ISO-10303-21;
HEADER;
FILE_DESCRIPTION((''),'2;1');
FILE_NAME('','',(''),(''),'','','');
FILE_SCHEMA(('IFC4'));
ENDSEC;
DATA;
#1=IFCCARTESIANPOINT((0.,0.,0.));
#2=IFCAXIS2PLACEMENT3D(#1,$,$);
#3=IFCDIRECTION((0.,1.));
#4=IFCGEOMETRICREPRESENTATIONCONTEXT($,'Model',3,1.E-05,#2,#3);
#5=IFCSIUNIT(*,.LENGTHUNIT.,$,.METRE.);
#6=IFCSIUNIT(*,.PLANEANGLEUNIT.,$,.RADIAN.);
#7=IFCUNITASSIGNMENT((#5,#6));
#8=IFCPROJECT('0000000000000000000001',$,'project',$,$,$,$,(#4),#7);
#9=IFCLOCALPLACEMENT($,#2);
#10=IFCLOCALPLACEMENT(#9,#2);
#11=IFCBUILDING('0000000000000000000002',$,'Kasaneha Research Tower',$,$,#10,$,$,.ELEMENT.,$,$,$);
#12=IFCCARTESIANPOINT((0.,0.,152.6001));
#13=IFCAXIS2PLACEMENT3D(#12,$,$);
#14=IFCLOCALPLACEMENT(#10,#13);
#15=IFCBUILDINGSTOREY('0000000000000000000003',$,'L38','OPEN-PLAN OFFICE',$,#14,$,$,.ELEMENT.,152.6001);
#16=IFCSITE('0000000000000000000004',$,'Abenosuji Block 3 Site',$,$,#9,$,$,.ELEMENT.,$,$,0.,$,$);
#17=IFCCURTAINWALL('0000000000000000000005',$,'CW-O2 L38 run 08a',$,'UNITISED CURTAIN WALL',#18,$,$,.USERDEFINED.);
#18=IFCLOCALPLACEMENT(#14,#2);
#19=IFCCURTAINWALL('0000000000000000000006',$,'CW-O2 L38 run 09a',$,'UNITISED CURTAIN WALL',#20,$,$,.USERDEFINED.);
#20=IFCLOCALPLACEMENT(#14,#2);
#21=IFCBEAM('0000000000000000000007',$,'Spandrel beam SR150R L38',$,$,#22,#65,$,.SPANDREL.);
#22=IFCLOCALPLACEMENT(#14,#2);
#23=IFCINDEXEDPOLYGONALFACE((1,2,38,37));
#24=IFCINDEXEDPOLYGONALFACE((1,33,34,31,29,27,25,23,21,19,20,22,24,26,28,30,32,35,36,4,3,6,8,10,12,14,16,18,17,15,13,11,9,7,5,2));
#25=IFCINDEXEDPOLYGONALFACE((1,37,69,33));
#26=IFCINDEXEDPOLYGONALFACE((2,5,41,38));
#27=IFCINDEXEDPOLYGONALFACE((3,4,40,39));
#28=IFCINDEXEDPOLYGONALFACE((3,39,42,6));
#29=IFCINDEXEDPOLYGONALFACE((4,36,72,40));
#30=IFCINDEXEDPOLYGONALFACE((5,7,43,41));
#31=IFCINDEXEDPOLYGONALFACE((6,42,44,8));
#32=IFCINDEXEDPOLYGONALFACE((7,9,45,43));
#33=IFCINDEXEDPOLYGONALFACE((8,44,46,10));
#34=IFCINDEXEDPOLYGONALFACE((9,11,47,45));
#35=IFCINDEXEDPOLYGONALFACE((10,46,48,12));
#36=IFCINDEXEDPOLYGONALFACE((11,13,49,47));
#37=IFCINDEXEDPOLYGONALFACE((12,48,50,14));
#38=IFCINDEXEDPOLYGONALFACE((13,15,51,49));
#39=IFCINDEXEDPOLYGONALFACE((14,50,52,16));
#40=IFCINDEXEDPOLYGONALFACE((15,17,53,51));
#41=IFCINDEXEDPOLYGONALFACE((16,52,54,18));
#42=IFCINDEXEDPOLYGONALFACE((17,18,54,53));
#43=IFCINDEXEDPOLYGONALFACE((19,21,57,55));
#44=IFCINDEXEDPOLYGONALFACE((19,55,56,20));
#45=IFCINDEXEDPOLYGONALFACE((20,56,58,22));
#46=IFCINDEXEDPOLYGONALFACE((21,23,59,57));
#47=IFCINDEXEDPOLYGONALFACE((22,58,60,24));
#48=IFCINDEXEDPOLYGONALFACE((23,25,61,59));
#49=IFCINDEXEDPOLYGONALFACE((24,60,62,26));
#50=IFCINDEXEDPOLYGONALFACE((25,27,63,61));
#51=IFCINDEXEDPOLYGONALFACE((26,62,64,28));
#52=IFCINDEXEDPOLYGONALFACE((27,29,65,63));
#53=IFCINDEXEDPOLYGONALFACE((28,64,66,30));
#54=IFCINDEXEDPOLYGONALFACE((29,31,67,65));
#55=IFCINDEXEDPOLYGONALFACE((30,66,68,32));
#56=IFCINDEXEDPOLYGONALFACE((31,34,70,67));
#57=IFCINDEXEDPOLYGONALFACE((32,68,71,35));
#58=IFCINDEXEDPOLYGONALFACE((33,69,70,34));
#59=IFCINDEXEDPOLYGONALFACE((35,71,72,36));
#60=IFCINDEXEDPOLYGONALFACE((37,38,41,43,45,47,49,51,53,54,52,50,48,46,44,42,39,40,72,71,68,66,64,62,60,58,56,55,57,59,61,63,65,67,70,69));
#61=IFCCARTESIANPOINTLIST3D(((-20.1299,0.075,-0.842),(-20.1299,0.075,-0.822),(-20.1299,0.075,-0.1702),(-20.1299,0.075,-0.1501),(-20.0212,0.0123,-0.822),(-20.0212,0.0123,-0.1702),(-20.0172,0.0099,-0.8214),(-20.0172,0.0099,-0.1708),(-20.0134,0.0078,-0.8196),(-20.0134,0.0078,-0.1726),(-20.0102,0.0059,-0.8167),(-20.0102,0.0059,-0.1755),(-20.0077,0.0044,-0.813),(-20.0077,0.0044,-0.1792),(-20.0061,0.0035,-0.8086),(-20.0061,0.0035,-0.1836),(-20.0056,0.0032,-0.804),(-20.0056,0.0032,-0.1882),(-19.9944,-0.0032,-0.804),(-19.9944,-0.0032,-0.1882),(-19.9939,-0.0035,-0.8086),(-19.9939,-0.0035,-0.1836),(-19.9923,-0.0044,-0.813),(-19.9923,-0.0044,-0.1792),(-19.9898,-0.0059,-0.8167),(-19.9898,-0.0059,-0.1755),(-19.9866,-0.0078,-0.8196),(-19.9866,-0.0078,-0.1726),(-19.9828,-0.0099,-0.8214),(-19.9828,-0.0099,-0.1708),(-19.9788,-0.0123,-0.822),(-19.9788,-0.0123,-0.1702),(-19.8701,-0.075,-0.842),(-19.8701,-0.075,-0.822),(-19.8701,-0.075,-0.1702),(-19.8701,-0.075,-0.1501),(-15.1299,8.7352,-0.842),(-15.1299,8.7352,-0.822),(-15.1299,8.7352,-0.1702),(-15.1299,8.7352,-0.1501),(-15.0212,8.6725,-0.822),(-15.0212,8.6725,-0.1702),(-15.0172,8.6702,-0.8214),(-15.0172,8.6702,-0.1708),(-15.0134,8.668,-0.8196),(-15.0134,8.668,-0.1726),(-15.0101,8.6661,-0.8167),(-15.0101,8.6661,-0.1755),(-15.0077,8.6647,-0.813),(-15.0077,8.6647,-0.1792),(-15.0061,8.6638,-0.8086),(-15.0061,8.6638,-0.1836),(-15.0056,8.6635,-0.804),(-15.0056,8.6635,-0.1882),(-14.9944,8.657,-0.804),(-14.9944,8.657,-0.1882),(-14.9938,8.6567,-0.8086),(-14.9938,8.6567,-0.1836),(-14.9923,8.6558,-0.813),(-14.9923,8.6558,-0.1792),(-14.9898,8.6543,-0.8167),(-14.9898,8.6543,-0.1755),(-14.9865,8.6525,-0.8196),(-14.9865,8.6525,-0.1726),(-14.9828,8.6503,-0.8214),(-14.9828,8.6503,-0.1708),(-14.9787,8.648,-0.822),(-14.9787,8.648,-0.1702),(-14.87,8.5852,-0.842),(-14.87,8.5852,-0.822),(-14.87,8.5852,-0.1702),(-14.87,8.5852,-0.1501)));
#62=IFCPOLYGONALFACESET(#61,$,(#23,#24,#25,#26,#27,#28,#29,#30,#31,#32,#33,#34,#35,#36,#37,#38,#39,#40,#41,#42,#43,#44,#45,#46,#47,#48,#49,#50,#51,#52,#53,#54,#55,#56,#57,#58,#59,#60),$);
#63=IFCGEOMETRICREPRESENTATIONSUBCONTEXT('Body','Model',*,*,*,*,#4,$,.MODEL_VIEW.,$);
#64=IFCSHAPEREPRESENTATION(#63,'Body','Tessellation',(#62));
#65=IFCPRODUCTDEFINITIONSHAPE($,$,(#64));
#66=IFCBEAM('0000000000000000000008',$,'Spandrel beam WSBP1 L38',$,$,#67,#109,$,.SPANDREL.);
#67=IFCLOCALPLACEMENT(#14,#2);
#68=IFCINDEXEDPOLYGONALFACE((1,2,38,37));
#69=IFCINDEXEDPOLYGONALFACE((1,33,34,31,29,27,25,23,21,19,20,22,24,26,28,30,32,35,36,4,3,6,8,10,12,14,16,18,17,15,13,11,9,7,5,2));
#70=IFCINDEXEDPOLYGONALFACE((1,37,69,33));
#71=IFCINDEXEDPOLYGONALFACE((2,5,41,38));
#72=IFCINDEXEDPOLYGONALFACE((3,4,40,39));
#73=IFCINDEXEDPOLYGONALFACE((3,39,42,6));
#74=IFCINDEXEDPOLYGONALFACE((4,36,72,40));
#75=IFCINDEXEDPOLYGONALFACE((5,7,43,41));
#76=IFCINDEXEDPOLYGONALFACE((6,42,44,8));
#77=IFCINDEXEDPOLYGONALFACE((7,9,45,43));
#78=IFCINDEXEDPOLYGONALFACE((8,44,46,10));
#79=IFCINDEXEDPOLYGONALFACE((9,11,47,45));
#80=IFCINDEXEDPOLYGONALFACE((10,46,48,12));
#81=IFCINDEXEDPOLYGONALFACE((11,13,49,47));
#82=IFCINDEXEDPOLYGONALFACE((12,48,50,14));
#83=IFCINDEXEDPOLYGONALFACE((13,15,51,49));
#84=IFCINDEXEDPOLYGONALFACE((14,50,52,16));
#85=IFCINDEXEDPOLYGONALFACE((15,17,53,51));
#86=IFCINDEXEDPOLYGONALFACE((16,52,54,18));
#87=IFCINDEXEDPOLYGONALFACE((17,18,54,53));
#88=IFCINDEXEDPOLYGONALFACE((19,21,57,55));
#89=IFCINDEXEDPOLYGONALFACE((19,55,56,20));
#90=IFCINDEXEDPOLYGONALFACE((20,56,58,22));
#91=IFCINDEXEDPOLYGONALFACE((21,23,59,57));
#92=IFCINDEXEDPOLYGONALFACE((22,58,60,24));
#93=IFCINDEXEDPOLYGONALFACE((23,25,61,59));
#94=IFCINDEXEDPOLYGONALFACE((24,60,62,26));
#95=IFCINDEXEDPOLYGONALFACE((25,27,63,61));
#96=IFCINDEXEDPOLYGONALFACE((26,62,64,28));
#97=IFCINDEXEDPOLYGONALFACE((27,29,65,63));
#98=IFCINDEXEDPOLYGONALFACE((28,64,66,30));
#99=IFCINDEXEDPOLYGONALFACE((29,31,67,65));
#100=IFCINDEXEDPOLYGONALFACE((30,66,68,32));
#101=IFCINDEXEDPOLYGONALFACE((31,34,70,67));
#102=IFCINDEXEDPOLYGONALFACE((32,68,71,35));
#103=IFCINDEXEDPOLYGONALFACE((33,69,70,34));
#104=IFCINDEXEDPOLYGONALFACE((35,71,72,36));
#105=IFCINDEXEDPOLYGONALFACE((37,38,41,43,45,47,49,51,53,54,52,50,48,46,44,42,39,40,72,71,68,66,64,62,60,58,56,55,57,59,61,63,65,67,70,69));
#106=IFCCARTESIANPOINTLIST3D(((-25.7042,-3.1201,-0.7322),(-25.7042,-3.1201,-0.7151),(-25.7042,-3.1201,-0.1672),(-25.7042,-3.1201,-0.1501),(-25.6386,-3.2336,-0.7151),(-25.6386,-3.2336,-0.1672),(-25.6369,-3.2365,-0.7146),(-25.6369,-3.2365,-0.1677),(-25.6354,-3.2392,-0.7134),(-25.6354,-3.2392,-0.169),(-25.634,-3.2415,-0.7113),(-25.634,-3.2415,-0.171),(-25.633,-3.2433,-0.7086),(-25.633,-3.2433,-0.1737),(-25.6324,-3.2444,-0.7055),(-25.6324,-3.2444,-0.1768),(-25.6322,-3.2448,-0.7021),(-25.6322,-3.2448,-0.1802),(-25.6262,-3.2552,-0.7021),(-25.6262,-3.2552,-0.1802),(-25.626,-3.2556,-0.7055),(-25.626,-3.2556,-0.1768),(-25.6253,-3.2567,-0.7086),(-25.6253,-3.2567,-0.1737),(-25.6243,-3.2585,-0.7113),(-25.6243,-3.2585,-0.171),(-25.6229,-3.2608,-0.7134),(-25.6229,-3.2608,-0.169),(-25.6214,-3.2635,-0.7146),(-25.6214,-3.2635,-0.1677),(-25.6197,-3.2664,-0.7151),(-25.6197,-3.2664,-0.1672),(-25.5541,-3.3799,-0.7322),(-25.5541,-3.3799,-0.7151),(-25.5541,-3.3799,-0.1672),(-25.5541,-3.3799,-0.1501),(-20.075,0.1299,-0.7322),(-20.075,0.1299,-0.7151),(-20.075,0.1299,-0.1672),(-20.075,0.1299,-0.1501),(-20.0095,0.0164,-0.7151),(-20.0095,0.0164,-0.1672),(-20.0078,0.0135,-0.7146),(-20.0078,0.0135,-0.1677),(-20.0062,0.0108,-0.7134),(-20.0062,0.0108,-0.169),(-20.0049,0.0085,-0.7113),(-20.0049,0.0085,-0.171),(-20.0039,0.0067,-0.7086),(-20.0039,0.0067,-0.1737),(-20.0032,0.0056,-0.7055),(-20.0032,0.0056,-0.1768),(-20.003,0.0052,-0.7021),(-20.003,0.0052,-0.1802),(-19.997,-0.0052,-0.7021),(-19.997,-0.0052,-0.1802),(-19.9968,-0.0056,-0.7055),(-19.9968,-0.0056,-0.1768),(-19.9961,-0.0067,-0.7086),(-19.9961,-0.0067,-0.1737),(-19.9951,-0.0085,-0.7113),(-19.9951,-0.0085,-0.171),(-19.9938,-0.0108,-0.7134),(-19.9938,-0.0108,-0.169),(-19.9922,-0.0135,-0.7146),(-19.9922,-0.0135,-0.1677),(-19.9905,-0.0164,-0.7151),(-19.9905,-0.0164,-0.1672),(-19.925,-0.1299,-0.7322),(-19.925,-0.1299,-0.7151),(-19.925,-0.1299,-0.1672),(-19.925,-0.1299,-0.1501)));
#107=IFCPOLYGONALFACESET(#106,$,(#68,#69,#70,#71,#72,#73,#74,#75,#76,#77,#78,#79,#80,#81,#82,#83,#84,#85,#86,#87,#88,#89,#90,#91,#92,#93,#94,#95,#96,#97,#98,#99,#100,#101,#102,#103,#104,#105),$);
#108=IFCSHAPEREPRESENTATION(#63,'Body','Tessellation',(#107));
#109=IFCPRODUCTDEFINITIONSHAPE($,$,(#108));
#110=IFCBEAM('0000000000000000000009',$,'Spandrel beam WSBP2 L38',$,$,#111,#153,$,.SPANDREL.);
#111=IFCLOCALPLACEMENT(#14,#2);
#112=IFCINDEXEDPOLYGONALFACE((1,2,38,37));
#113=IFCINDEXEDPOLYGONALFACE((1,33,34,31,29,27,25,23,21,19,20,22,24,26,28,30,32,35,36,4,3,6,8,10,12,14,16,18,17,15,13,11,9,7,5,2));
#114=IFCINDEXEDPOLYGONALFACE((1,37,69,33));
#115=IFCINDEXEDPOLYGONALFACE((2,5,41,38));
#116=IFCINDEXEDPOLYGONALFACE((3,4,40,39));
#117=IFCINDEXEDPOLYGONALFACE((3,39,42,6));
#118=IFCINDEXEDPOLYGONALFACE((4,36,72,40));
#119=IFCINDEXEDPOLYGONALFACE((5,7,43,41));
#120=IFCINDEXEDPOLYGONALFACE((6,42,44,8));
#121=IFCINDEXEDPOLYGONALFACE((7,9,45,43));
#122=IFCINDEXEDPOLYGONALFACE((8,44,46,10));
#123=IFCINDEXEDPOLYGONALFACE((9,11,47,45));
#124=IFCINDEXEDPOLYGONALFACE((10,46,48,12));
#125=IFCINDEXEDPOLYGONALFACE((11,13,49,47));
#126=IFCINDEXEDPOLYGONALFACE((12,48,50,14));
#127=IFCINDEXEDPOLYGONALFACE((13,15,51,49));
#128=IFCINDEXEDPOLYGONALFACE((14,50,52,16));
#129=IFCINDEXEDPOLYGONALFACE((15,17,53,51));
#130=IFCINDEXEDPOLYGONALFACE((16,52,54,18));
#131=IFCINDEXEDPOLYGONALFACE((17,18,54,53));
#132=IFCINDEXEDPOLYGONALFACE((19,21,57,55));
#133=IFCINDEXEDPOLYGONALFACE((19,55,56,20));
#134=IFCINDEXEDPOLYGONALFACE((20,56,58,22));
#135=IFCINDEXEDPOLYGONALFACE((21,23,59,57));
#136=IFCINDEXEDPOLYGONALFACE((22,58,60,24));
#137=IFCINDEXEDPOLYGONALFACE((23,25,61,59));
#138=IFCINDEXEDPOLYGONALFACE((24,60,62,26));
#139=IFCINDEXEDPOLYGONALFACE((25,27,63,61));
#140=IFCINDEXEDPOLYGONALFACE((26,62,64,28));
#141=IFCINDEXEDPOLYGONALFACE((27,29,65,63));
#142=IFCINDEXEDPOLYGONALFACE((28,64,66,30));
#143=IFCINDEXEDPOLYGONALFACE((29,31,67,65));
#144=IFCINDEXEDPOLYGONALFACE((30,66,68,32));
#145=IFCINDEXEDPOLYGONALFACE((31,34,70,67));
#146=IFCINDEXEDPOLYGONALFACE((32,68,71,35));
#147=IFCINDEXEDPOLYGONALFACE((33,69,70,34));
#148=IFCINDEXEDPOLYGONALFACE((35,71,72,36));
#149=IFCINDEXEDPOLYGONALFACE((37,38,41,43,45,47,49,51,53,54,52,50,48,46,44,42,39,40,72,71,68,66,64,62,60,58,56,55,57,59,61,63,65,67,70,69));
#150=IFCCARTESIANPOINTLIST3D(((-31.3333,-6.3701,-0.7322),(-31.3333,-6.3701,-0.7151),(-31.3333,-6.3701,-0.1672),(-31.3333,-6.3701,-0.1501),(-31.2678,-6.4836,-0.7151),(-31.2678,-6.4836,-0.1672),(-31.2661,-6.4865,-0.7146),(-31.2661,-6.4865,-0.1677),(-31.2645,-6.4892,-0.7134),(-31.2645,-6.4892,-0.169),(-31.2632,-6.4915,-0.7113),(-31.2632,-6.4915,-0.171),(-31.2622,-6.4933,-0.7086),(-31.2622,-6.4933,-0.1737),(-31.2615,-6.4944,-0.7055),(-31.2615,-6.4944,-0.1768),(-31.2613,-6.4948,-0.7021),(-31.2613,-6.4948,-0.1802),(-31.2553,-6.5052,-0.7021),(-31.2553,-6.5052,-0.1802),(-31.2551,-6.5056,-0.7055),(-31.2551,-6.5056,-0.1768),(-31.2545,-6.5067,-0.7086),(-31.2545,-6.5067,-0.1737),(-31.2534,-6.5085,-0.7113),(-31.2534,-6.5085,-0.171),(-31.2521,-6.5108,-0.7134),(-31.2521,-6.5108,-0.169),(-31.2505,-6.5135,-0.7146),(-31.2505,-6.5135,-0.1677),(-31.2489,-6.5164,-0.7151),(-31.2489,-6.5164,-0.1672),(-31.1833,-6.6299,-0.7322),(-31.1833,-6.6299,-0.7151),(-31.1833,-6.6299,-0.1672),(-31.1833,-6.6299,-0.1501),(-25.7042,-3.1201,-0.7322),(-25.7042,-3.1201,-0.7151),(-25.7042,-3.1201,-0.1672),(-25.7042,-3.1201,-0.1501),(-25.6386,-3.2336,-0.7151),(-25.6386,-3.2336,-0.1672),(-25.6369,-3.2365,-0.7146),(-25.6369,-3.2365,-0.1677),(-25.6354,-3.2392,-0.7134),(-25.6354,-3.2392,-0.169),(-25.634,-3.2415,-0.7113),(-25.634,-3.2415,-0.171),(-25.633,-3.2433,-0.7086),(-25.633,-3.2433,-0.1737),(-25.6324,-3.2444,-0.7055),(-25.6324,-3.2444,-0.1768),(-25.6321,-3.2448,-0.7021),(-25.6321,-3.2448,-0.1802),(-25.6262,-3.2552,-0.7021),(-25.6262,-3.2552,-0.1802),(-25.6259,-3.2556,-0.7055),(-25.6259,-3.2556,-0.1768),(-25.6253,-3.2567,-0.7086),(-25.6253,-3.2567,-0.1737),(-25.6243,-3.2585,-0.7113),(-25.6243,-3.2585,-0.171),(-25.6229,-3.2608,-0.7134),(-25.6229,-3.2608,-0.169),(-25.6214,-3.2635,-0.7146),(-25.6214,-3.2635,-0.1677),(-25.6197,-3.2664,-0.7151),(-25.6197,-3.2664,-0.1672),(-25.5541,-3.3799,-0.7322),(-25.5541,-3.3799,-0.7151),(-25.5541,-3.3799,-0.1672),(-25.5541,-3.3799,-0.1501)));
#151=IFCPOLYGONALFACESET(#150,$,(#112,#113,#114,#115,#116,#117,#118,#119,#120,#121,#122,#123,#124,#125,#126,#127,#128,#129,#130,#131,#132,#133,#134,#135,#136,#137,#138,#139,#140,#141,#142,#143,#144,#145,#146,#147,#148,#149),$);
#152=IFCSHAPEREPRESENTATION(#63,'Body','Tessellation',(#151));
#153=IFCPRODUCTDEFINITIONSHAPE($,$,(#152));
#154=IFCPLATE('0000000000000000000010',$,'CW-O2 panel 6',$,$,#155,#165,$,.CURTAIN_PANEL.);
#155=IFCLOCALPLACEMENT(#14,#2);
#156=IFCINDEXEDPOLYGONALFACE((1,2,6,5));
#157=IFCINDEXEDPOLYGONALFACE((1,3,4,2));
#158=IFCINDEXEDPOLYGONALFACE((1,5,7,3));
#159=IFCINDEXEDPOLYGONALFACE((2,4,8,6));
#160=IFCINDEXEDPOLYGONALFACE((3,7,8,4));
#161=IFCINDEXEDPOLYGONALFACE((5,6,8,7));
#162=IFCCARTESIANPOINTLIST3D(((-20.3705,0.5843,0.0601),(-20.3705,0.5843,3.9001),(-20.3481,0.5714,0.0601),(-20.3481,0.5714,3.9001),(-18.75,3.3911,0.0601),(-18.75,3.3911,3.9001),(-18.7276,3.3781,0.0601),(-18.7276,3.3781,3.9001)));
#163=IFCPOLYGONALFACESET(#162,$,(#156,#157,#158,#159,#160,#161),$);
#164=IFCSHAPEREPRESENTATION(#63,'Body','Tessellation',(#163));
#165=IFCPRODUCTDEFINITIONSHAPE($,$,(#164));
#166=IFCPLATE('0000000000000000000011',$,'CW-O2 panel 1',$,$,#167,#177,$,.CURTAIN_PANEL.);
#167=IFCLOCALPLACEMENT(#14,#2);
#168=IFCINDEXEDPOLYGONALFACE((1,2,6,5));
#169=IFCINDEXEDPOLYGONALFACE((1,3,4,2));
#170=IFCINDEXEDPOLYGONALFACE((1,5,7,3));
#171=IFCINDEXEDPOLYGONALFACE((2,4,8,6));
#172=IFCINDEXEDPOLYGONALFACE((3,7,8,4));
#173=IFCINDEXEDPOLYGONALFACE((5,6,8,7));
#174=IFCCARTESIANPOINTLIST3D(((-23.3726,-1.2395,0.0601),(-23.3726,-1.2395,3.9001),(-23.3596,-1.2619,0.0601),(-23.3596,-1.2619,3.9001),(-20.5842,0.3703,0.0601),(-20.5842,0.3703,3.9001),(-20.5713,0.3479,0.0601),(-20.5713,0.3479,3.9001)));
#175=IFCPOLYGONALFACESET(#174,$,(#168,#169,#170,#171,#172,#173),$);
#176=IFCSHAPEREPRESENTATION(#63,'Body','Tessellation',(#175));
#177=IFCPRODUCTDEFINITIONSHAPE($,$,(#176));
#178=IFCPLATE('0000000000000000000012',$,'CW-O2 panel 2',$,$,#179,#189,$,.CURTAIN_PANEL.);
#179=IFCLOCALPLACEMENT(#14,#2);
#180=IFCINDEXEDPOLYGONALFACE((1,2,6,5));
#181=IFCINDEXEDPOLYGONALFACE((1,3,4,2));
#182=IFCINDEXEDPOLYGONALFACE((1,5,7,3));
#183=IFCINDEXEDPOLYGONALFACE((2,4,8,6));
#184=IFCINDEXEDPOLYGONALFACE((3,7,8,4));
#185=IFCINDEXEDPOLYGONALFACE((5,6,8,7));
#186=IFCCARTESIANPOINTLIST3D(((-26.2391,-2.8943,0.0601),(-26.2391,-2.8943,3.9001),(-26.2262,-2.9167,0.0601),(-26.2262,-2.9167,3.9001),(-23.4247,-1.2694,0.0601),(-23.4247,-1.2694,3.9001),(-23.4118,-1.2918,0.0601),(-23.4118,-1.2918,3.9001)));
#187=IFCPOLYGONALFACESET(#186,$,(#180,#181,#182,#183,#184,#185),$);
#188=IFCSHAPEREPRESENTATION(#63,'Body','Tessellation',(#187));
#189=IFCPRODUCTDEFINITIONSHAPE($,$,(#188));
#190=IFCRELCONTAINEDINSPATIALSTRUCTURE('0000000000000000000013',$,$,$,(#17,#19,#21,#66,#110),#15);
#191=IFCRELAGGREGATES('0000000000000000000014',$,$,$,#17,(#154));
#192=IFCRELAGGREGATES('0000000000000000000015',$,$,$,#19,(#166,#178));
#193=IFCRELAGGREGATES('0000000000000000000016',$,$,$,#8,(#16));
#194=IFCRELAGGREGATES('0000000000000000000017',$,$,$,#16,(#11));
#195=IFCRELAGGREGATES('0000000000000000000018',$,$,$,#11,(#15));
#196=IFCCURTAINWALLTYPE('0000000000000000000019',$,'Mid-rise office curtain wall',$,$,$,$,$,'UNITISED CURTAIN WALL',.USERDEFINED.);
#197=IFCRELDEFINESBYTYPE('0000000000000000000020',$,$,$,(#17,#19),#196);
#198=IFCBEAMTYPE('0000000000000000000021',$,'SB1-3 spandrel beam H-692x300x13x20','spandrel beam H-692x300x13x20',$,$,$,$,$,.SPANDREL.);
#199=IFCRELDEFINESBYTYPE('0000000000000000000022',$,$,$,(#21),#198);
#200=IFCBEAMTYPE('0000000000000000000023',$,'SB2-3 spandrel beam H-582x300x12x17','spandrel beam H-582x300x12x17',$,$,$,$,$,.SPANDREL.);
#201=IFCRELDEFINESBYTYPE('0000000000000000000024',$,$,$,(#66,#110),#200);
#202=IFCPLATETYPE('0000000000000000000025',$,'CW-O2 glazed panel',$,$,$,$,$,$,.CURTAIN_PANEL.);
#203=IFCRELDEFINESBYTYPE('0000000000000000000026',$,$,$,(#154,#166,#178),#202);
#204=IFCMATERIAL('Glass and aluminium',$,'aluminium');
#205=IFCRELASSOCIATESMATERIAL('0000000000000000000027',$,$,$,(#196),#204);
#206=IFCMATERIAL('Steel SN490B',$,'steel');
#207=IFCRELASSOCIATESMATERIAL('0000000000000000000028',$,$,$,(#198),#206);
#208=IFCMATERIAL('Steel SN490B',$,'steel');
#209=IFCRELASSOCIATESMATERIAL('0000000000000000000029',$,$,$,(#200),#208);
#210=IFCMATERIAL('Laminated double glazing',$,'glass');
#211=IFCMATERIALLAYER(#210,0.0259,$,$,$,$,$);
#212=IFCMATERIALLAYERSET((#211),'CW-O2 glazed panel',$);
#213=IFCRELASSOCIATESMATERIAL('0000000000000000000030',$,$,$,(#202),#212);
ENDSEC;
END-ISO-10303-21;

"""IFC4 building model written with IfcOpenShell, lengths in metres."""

from ifc_helpers import new_model, si_unit, direction, frame, origin, origin_2d, place, context, subcontext, project, spatial, rectangle, i_section, extrude, material, layer, layer_set, material_profile, profile_set, type_object, element, aggregate, save


model = new_model("IFC4")

# Units and contexts
model_context = context("Model", 3, precision=1e-05, world=origin(), true_north=direction((0.0, 1.0)))
body_context = subcontext(model_context, "Body", "Model", "MODEL_VIEW")
ifc_project = project(units=[si_unit("LENGTHUNIT", "METRE"), si_unit("PLANEANGLEUNIT", "RADIAN")], contexts=[model_context])

# Site, building, storey
site_placement = place(None, origin())
site = spatial("IfcSite", under=ifc_project, at=site_placement, Name="Abenosuji Block 3 Site", CompositionType="ELEMENT", RefElevation=0.0)
building_placement = place(site_placement, origin())
building = spatial("IfcBuilding", under=site, at=building_placement, Name="Kasaneha Research Tower", CompositionType="ELEMENT")
storey_placement = place(building_placement, frame((0.0, 0.0, 152.6001)))
storey = spatial("IfcBuildingStorey", under=building, at=storey_placement, Name="L38", Description="OPEN-PLAN OFFICE", CompositionType="ELEMENT", Elevation=152.6001)

# Curtain wall
ifc_material_1 = material(Name="Glass and aluminium", Category="aluminium")
curtain_wall_type = type_object("IfcCurtainWallType", Name="Mid-rise office curtain wall", ElementType="UNITISED CURTAIN WALL", PredefinedType="USERDEFINED", material=ifc_material_1)
curtain_wall_1_placement = place(storey_placement, origin())
curtain_wall_1 = element("IfcCurtainWall", 1, at=curtain_wall_1_placement, inside=storey, type_object=curtain_wall_type, Name="CW-O2 L38 run 08a", ObjectType="UNITISED CURTAIN WALL", PredefinedType="USERDEFINED")

# Curtain wall
curtain_wall_2_placement = place(storey_placement, origin())
curtain_wall_2 = element("IfcCurtainWall", 2, at=curtain_wall_2_placement, inside=storey, type_object=curtain_wall_type, Name="CW-O2 L38 run 09a", ObjectType="UNITISED CURTAIN WALL", PredefinedType="USERDEFINED")

# Beams
ifc_material_2 = material(Name="Steel SN490B", Category="steel")
ifc_material_profile_1 = material_profile(ifc_material_2, i_section(OverallWidth=0.3, OverallDepth=0.6919, WebThickness=0.0129, FlangeThickness=0.02, FilletRadius=0.0181, at=origin_2d()), Name="H-692x300x13x20")
ifc_profile_set_1 = profile_set([ifc_material_profile_1], Name="Steel SN490B")
beam_type_1 = type_object("IfcBeamType", Name="SB1-3 spandrel beam H-692x300x13x20", Description="spandrel beam H-692x300x13x20", PredefinedType="SPANDREL", material=ifc_profile_set_1)
beam_1_placement = place(storey_placement, frame((-20.0, 0.0, -0.4961), z_axis=(0.500004, 0.866023, 0.0), x_axis=(-0.866023, 0.500004, 0.0)))
element("IfcBeam", 3, at=beam_1_placement, inside=storey, type_object=beam_type_1, Name="Spandrel beam SR150R L38", PredefinedType="SPANDREL", context=body_context, shape_type="SweptSolid", body=[
    extrude(i_section(OverallWidth=0.3, OverallDepth=0.6919, WebThickness=0.0129, FlangeThickness=0.02, FilletRadius=0.0181, at=origin_2d()), origin(), (0.0, 0.0, 1.0), 10.0),
])
ifc_material_3 = material(Name="Steel SN490B", Category="steel")
ifc_material_profile_2 = material_profile(ifc_material_3, i_section(OverallWidth=0.3, OverallDepth=0.582, WebThickness=0.012, FlangeThickness=0.0171, FilletRadius=0.0129, at=origin_2d()), Name="H-582x300x12x17")
ifc_profile_set_2 = profile_set([ifc_material_profile_2], Name="Steel SN490B")
beam_type_2 = type_object("IfcBeamType", Name="SB2-3 spandrel beam H-582x300x12x17", Description="spandrel beam H-582x300x12x17", PredefinedType="SPANDREL", material=ifc_profile_set_2)
for number, where, z_axis, x_axis, name in (
    (4, (-20.0, 0.0, -0.4412), (-0.866025, -0.500001, 0.0), (0.500001, -0.866025, 0.0), "Spandrel beam WSBP1 L38"),
    (5, (-25.6292, -3.25, -0.4412), (-0.866025, -0.500001, 0.0), (0.500001, -0.866025, 0.0), "Spandrel beam WSBP2 L38"),
):
    element("IfcBeam", number, at=place(storey_placement, frame(where, z_axis=z_axis, x_axis=x_axis)), inside=storey, type_object=beam_type_2, Name=name, PredefinedType="SPANDREL", context=body_context, shape_type="SweptSolid", body=[
        extrude(i_section(OverallWidth=0.3, OverallDepth=0.582, WebThickness=0.012, FlangeThickness=0.0171, FilletRadius=0.0129, at=origin_2d()), origin(), (0.0, 0.0, 1.0), 6.5),
    ])

# Plates
ifc_material_4 = material(Name="Laminated double glazing", Category="glass")
ifc_layer_1 = layer(ifc_material_4, 0.0259)
ifc_layer_set_1 = layer_set([ifc_layer_1], Name="CW-O2 glazed panel")
plate_type = type_object("IfcPlateType", Name="CW-O2 glazed panel", PredefinedType="CURTAIN_PANEL", material=ifc_layer_set_1)
plate_1_placement = place(storey_placement, frame((-19.5491, 1.9812, 0.0601), z_axis=(0.0, 0.0, 1.0), x_axis=(-0.5, -0.866025, 0.0)))
plate_1 = element("IfcPlate", 6, at=plate_1_placement, type_object=plate_type, Name="CW-O2 panel 6", PredefinedType="CURTAIN_PANEL", context=body_context, shape_type="SweptSolid", body=[
    extrude(rectangle(XDim=3.241, YDim=0.0259, at=origin_2d()), origin(), (0.0, 0.0, 1.0), 3.8401),
])
aggregate(curtain_wall_1, [plate_1])
plate_2_placement = place(storey_placement, frame((-21.9719, -0.4458, 0.0601), z_axis=(0.0, 0.0, 1.0), x_axis=(-0.866025, -0.5, 0.0)))
plate_2 = element("IfcPlate", 7, at=plate_2_placement, type_object=plate_type, Name="CW-O2 panel 1", PredefinedType="CURTAIN_PANEL", context=body_context, shape_type="SweptSolid", body=[
    extrude(rectangle(XDim=3.2197, YDim=0.0259, at=origin_2d()), origin(), (0.0, 0.0, 1.0), 3.8401),
])
plate_3_placement = place(storey_placement, frame((-24.8254, -2.093, 0.0601), z_axis=(0.0, 0.0, 1.0), x_axis=(-0.866025, -0.5, 0.0)))
plate_3 = element("IfcPlate", 8, at=plate_3_placement, type_object=plate_type, Name="CW-O2 panel 2", PredefinedType="CURTAIN_PANEL", context=body_context, shape_type="SweptSolid", body=[
    extrude(rectangle(XDim=3.2498, YDim=0.0259, at=origin_2d()), origin(), (0.0, 0.0, 1.0), 3.8401),
])
aggregate(curtain_wall_2, [plate_2, plate_3])

save(model, "model.ifc")
